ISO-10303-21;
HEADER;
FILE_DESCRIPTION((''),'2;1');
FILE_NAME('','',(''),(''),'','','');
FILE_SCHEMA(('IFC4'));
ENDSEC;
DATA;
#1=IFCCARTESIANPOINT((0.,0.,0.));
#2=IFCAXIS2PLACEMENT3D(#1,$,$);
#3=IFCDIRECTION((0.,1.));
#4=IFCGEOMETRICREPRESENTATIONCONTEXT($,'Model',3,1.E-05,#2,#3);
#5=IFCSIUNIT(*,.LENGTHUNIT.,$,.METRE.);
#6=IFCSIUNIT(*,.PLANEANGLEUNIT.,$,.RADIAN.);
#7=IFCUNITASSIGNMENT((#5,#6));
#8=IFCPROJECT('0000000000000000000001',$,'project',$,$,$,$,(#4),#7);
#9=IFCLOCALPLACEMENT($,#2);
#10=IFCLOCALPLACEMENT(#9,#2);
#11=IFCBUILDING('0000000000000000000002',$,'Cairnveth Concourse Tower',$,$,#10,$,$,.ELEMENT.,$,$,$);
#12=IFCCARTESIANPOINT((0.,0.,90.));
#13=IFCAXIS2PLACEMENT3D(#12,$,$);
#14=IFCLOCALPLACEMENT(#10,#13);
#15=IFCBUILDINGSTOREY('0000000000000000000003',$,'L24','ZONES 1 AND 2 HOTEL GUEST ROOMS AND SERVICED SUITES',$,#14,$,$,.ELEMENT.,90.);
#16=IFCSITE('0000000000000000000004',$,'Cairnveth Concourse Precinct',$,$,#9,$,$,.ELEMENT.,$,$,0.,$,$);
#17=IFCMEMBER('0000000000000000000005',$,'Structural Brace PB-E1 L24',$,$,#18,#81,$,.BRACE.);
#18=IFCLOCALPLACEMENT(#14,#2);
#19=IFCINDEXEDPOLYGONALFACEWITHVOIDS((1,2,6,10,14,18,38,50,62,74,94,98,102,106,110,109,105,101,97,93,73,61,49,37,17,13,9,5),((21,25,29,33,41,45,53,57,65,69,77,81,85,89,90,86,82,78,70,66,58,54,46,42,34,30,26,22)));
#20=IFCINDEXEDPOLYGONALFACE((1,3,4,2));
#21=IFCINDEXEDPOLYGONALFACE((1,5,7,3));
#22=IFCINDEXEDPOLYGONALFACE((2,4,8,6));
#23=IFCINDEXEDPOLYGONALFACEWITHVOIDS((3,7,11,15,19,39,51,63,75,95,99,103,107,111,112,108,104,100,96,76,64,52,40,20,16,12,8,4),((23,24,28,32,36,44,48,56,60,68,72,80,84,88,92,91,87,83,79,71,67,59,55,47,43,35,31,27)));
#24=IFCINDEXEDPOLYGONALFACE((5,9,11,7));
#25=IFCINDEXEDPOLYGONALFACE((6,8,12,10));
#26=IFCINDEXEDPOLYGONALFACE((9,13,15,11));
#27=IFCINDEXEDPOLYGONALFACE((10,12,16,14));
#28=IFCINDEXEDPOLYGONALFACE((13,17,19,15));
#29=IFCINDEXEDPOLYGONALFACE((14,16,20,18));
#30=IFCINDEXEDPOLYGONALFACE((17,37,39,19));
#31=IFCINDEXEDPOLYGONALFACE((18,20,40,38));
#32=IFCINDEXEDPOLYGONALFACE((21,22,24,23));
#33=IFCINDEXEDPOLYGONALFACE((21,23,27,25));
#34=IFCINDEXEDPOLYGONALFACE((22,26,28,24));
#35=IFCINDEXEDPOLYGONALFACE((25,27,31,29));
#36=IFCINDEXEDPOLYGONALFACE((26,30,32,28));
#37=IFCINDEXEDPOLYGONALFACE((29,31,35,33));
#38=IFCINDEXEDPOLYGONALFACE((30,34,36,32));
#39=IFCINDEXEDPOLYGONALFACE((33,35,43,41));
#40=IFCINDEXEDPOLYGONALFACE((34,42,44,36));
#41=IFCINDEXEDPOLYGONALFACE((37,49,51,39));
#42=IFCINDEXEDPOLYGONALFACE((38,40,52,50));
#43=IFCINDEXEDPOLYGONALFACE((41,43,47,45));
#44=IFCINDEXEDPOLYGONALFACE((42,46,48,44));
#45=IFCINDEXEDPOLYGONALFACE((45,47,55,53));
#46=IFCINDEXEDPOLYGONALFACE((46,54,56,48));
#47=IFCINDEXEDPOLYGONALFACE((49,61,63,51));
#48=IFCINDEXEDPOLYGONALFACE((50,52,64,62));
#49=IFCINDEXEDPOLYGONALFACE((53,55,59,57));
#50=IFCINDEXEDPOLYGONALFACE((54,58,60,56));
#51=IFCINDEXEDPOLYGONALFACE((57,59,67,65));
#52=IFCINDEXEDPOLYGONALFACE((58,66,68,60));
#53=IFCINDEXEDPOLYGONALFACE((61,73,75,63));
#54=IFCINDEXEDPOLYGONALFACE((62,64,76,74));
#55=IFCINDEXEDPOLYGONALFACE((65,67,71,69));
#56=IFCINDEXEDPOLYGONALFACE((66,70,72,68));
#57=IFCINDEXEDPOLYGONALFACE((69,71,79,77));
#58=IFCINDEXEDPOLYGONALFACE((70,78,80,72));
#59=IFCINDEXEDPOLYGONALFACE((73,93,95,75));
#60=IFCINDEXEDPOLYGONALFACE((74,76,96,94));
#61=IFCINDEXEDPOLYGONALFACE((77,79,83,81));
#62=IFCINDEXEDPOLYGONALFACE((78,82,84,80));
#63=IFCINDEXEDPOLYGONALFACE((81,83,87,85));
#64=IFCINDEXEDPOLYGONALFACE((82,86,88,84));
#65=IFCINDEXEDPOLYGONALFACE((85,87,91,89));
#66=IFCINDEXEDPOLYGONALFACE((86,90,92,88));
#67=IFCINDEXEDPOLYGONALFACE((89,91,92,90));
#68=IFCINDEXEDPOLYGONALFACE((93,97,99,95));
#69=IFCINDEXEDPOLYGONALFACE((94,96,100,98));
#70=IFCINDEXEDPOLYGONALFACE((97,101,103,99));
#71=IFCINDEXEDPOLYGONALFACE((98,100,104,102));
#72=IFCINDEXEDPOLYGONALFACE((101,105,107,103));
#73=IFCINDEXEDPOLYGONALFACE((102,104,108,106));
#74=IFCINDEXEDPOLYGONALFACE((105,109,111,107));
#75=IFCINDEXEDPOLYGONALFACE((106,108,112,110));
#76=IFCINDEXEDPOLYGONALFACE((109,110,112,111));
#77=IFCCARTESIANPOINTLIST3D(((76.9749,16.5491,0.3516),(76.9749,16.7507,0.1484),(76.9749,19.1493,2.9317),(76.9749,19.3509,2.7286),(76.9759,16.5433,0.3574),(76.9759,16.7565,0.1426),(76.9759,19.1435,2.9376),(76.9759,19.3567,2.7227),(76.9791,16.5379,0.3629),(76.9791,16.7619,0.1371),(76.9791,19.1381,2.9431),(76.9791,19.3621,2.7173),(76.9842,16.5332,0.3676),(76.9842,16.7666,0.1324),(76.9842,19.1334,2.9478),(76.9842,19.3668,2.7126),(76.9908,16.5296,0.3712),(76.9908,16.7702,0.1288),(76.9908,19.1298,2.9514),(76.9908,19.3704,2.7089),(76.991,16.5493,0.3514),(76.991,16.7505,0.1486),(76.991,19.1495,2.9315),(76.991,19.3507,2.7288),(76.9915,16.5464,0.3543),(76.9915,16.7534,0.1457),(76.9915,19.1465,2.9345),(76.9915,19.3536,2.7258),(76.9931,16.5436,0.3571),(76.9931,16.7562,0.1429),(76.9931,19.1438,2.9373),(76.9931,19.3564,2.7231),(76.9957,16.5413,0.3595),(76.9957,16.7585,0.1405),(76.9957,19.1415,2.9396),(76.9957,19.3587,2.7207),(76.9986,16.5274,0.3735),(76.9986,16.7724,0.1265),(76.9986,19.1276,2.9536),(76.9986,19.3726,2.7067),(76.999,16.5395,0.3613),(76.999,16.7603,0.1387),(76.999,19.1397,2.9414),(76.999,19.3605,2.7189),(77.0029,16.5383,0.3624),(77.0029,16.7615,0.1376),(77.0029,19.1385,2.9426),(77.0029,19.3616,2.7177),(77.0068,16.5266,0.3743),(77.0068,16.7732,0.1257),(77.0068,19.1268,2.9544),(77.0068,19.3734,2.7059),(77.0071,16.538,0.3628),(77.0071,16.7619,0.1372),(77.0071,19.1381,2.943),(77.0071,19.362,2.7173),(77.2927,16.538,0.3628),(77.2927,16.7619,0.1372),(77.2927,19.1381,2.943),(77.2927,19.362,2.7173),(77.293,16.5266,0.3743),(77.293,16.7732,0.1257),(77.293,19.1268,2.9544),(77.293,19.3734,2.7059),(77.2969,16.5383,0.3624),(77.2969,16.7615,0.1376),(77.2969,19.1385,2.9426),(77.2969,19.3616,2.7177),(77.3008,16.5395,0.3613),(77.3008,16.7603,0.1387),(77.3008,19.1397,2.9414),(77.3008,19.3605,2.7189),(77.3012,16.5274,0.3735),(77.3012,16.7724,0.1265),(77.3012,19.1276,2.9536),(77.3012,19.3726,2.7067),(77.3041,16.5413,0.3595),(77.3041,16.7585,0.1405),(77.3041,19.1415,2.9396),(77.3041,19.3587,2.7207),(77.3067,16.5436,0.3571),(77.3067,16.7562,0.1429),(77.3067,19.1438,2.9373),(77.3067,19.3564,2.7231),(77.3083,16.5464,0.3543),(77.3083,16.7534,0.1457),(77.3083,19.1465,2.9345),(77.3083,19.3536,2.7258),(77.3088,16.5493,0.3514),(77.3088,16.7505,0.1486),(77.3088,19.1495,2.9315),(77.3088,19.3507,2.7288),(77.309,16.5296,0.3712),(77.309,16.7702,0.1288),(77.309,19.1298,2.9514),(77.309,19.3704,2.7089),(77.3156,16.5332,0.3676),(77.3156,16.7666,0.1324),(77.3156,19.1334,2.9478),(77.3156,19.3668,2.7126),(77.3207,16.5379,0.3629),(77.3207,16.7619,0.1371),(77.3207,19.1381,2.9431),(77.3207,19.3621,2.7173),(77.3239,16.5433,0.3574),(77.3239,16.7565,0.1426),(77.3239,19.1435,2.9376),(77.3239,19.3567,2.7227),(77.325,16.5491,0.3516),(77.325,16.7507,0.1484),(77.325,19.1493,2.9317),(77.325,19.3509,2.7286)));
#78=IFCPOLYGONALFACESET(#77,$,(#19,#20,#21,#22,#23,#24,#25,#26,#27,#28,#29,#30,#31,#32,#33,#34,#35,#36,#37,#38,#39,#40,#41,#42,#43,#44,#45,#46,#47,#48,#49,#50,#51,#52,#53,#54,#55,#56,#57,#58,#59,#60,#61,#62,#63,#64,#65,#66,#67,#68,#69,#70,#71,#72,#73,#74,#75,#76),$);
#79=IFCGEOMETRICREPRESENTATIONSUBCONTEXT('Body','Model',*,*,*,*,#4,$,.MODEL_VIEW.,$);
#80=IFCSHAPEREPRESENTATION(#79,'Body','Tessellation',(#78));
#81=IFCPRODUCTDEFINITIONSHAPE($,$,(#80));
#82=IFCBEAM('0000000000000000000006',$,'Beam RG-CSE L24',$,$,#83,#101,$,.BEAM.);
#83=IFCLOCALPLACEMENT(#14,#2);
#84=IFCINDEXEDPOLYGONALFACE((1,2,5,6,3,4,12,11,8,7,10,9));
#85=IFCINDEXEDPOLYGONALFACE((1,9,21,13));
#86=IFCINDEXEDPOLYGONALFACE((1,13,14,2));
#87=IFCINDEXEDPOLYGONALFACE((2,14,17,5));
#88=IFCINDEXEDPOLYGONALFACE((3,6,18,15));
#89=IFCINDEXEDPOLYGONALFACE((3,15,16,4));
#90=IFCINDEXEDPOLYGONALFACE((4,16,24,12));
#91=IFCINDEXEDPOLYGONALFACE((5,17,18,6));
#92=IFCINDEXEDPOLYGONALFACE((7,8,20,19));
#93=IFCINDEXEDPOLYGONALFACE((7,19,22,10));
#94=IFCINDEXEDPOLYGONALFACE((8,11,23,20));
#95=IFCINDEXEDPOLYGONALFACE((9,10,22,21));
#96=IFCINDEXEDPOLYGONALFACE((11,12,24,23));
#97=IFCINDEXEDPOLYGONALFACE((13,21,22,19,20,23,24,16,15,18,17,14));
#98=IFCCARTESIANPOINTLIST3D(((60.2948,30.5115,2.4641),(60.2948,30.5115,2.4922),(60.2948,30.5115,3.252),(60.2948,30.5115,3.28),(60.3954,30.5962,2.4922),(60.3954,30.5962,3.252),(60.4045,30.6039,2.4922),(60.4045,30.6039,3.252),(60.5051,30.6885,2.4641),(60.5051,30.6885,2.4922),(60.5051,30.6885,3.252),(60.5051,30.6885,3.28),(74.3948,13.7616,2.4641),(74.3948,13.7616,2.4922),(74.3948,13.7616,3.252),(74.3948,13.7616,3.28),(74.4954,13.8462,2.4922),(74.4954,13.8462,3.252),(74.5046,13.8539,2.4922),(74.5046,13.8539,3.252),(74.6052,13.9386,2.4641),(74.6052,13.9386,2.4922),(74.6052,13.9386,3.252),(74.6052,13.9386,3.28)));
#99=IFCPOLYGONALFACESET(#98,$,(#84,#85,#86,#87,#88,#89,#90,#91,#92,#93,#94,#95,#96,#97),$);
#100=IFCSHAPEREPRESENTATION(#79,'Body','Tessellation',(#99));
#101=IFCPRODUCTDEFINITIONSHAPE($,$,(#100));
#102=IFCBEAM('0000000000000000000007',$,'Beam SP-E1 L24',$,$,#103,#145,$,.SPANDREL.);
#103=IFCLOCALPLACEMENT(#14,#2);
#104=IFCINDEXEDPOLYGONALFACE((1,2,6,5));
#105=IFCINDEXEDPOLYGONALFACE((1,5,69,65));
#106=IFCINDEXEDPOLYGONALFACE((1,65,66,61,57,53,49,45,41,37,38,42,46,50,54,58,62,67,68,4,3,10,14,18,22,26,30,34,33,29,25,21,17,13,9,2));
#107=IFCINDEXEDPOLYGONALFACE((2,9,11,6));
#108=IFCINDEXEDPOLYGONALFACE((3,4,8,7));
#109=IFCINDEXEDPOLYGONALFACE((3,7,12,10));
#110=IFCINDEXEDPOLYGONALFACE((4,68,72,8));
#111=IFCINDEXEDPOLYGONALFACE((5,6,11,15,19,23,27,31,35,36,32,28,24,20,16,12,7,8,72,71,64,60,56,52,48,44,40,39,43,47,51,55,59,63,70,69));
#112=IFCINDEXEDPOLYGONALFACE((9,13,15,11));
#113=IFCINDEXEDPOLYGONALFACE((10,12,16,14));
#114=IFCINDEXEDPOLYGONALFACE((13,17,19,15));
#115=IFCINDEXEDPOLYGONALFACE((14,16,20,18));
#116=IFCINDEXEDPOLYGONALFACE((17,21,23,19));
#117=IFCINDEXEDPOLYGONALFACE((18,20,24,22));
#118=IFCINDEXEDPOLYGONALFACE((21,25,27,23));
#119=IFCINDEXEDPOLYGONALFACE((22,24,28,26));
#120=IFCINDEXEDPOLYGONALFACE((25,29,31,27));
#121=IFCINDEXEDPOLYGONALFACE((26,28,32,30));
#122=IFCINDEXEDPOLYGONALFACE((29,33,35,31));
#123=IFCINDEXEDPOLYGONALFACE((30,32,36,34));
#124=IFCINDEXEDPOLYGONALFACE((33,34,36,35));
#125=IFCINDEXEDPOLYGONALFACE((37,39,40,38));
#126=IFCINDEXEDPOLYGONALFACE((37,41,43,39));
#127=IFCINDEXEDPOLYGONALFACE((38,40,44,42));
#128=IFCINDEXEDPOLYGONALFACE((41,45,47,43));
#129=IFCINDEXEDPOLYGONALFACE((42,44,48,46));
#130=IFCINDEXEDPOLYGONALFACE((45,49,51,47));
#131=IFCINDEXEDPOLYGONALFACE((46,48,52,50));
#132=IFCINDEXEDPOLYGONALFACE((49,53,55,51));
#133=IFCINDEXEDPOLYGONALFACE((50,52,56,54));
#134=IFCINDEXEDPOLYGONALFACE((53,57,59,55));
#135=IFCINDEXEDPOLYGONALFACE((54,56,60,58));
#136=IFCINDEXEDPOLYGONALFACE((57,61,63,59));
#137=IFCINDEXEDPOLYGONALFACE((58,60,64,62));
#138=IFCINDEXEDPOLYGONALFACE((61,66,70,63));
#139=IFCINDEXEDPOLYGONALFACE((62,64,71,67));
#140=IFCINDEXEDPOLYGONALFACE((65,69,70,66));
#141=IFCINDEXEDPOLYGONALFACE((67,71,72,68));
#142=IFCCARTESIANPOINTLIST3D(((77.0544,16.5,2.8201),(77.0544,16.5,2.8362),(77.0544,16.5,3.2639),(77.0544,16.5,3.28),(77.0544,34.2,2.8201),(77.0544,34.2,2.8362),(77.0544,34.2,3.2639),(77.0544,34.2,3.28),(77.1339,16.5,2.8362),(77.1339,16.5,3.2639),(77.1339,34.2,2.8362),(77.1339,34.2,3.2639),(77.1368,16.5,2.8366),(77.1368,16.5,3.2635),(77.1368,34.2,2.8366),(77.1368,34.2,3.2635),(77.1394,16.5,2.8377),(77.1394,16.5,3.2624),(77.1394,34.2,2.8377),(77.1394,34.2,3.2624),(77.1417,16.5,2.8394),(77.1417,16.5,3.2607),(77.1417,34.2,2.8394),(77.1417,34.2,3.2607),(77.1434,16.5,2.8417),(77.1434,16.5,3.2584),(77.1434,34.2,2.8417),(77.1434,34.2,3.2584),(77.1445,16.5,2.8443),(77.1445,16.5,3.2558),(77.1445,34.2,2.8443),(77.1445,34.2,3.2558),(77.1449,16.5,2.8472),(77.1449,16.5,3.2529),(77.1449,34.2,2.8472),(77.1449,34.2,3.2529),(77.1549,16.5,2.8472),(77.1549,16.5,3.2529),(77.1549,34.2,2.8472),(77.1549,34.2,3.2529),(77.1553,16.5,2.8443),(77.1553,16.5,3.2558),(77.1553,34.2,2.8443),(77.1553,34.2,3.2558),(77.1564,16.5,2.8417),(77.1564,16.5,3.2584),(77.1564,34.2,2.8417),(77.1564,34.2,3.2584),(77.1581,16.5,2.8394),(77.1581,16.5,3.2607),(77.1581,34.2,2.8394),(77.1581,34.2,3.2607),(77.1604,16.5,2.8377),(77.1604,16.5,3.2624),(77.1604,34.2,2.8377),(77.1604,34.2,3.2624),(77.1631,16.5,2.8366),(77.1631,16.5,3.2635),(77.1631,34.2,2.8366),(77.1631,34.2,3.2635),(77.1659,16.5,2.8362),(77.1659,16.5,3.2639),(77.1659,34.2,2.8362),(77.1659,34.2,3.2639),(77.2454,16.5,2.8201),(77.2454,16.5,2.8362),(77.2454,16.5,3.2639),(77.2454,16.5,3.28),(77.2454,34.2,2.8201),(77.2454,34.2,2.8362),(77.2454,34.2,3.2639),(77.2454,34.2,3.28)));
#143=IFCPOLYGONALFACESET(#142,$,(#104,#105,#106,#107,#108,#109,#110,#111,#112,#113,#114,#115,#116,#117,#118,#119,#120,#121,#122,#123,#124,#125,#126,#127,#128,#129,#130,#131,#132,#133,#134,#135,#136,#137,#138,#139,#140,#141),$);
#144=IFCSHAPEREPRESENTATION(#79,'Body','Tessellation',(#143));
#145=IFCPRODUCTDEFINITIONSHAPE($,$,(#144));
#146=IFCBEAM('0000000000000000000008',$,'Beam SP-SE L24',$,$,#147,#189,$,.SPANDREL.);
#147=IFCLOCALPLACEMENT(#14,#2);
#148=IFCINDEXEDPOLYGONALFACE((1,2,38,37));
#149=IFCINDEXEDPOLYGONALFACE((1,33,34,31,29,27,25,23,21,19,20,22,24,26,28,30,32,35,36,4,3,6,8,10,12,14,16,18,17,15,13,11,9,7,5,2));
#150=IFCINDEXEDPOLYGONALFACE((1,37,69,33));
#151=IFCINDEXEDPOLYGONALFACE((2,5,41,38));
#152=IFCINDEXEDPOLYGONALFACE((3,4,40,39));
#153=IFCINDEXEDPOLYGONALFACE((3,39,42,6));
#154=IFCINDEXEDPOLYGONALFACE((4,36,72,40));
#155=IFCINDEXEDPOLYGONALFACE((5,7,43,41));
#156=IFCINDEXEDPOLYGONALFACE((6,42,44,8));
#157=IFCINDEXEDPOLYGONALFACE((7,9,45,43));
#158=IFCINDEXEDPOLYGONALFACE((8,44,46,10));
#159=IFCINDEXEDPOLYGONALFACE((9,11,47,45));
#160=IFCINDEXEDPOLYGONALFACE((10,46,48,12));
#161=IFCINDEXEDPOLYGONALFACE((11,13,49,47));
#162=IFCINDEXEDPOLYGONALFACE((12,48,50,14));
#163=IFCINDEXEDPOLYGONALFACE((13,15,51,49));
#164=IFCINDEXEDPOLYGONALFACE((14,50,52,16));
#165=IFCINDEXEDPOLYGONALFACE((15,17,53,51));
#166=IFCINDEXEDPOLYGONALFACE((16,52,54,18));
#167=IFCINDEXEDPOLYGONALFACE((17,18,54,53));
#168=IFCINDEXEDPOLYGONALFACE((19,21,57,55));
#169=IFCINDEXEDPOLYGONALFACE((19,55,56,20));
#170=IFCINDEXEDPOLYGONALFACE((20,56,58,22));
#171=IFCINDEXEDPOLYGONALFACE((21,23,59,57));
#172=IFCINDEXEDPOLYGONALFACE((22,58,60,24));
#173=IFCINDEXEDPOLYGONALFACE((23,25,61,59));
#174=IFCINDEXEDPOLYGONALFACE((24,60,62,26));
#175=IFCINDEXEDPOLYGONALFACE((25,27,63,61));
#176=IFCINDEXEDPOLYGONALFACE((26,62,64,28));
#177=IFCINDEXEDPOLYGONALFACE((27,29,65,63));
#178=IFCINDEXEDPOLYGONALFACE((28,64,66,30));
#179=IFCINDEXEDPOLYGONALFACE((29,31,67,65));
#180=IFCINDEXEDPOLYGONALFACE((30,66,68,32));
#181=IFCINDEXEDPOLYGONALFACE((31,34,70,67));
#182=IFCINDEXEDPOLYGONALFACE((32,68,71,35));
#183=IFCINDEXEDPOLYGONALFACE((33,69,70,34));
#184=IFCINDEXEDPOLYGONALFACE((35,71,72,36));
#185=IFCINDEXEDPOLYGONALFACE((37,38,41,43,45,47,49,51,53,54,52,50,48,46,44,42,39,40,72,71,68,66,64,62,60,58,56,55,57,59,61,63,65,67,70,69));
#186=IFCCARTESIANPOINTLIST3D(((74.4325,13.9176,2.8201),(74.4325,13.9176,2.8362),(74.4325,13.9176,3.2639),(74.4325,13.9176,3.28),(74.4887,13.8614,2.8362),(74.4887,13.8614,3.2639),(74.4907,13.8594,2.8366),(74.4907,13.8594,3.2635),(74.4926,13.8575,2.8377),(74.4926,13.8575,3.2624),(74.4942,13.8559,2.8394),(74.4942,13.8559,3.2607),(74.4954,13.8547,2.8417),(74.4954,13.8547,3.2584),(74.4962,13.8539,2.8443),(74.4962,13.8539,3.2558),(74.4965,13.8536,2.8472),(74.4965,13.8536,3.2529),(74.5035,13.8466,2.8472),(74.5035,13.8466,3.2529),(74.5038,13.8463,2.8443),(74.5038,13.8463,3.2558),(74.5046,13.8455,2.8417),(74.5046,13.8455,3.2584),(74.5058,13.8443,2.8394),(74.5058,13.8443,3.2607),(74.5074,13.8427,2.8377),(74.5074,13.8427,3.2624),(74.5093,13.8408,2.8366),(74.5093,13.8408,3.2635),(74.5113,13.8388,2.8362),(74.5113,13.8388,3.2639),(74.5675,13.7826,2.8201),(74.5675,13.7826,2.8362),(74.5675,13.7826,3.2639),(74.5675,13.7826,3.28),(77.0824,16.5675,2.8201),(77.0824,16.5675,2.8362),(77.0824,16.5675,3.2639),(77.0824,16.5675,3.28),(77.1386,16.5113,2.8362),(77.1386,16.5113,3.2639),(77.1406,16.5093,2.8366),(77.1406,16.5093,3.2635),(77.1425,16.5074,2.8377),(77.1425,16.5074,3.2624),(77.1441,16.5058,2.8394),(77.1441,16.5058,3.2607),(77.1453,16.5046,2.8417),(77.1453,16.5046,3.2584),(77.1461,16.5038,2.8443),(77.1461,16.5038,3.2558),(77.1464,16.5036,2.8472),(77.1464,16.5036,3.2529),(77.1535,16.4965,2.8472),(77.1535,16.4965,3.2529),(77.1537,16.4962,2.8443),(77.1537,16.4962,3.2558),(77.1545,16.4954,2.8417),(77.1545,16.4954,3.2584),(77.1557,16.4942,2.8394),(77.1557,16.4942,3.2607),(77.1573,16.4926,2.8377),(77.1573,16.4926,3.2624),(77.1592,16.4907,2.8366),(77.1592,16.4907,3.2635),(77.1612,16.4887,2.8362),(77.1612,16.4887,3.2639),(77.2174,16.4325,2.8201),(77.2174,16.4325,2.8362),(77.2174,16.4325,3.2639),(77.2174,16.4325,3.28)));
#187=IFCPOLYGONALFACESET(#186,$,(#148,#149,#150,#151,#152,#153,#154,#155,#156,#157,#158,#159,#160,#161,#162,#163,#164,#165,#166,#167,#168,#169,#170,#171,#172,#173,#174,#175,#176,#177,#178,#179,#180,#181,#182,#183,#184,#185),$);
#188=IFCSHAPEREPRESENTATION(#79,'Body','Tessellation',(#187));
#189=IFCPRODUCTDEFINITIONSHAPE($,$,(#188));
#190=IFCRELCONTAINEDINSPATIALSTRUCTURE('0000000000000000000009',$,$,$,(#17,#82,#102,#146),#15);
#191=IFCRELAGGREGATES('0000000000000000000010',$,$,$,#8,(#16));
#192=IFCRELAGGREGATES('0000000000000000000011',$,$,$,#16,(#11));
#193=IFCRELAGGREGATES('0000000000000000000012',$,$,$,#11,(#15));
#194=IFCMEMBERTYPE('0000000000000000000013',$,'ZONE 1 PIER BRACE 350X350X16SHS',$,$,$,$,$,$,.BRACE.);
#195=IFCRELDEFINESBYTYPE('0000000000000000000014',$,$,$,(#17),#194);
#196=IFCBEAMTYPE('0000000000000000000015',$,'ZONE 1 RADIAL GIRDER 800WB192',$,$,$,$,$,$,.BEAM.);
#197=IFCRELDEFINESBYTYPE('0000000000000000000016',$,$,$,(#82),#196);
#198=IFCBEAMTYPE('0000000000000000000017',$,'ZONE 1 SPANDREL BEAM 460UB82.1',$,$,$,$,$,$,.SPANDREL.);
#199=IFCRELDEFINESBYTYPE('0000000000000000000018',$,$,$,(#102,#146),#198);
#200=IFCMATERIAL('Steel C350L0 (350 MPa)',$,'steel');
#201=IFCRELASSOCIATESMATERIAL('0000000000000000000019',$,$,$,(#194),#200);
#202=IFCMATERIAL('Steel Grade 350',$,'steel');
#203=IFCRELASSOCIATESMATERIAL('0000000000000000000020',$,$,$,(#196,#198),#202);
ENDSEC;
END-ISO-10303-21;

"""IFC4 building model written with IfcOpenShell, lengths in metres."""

from ifc_helpers import new_model, si_unit, direction, frame, origin, origin_2d, place, context, subcontext, project, spatial, hollow_rectangle, i_section, extrude, material, material_profile, profile_set, type_object, element, save


model = new_model("IFC4")

# Units and contexts
model_context = context("Model", 3, precision=1e-05, world=origin(), true_north=direction((0.0, 1.0)))
body_context = subcontext(model_context, "Body", "Model", "MODEL_VIEW")
ifc_project = project(units=[si_unit("LENGTHUNIT", "METRE"), si_unit("PLANEANGLEUNIT", "RADIAN")], contexts=[model_context])

# Site, building, storey
site_placement = place(None, origin())
site = spatial("IfcSite", under=ifc_project, at=site_placement, Name="Cairnveth Concourse Precinct", CompositionType="ELEMENT", RefElevation=0.0)
building_placement = place(site_placement, origin())
building = spatial("IfcBuilding", under=site, at=building_placement, Name="Cairnveth Concourse Tower", CompositionType="ELEMENT")
storey_placement = place(building_placement, frame((0.0, 0.0, 90.0)))
storey = spatial("IfcBuildingStorey", under=building, at=storey_placement, Name="L24", Description="ZONES 1 AND 2 HOTEL GUEST ROOMS AND SERVICED SUITES", CompositionType="ELEMENT", Elevation=90.0)

# Shared definitions
ifc_material_1 = material(Name="Steel Grade 350", Category="steel")

# Member
ifc_material_2 = material(Name="Steel C350L0 (350 MPa)", Category="steel")
ifc_material_profile_1 = material_profile(ifc_material_2, hollow_rectangle(XDim=0.3501, YDim=0.3501, WallThickness=0.0161, InnerFilletRadius=0.0161, OuterFilletRadius=0.032, at=origin_2d()), Name="350x350x16.0SHS")
ifc_profile_set_1 = profile_set([ifc_material_profile_1], Name="Steel C350L0 (350 MPa)")
member_type = type_object("IfcMemberType", Name="ZONE 1 PIER BRACE 350X350X16SHS", PredefinedType="BRACE", material=ifc_profile_set_1)
for number, where, z_axis, x_axis, name in (
    (1, (77.1499, 16.6499, 0.25), (0.0, 0.709834, 0.704369), (-1.0, 0.0, 0.0), "Structural Brace PB-E1 L24"),
):
    element("IfcMember", number, at=place(storey_placement, frame(where, z_axis=z_axis, x_axis=x_axis)), inside=storey, type_object=member_type, Name=name, PredefinedType="BRACE", context=body_context, shape_type="SweptSolid", body=[
        extrude(hollow_rectangle(XDim=0.3501, YDim=0.3501, WallThickness=0.0161, InnerFilletRadius=0.0161, OuterFilletRadius=0.032, at=origin_2d()), origin(), (0.0, 0.0, 1.0), 3.6631),
    ])

# Beams
ifc_material_profile_2 = material_profile(ifc_material_1, i_section(OverallWidth=0.2749, OverallDepth=0.8159, WebThickness=0.012, FlangeThickness=0.0281, at=origin_2d()), Name="800WB192")
ifc_profile_set_2 = profile_set([ifc_material_profile_2], Name="Steel Grade 350")
beam_type_1 = type_object("IfcBeamType", Name="ZONE 1 RADIAL GIRDER 800WB192", PredefinedType="BEAM", material=ifc_profile_set_2)
beam_1_placement = place(storey_placement, frame((74.5, 13.8501, 2.8721), z_axis=(-0.643998, 0.765027, 0.0), x_axis=(-0.765027, -0.643998, 0.0)))
element("IfcBeam", 2, at=beam_1_placement, inside=storey, type_object=beam_type_1, Name="Beam RG-CSE L24", PredefinedType="BEAM", context=body_context, shape_type="SweptSolid", body=[
    extrude(i_section(OverallWidth=0.2749, OverallDepth=0.8159, WebThickness=0.012, FlangeThickness=0.0281, at=origin_2d()), origin(), (0.0, 0.0, 1.0), 21.8945),
])
ifc_material_profile_3 = material_profile(ifc_material_1, i_section(OverallWidth=0.1909, OverallDepth=0.46, WebThickness=0.01, FlangeThickness=0.0161, FilletRadius=0.011, at=origin_2d()), Name="460UB82.1")
ifc_profile_set_3 = profile_set([ifc_material_profile_3], Name="Steel Grade 350")
beam_type_2 = type_object("IfcBeamType", Name="ZONE 1 SPANDREL BEAM 460UB82.1", PredefinedType="SPANDREL", material=ifc_profile_set_3)
beam_2_placement = place(storey_placement, frame((77.1499, 16.5, 3.05), z_axis=(0.0, 1.0, 0.0), x_axis=(-1.0, 0.0, 0.0)))
element("IfcBeam", 3, at=beam_2_placement, inside=storey, type_object=beam_type_2, Name="Beam SP-E1 L24", PredefinedType="SPANDREL", context=body_context, shape_type="SweptSolid", body=[
    extrude(i_section(OverallWidth=0.1909, OverallDepth=0.46, WebThickness=0.01, FlangeThickness=0.0161, FilletRadius=0.011, at=origin_2d()), origin(), (0.0, 0.0, 1.0), 17.7),
])
beam_3_placement = place(storey_placement, frame((74.5, 13.8501, 3.05), z_axis=(0.707107, 0.707107, 0.0), x_axis=(-0.707107, 0.707107, 0.0)))
element("IfcBeam", 4, at=beam_3_placement, inside=storey, type_object=beam_type_2, Name="Beam SP-SE L24", PredefinedType="SPANDREL", context=body_context, shape_type="SweptSolid", body=[
    extrude(i_section(OverallWidth=0.1909, OverallDepth=0.46, WebThickness=0.01, FlangeThickness=0.0161, FilletRadius=0.011, at=origin_2d()), origin(), (0.0, 0.0, 1.0), 3.7476),
])

save(model, "model.ifc")
